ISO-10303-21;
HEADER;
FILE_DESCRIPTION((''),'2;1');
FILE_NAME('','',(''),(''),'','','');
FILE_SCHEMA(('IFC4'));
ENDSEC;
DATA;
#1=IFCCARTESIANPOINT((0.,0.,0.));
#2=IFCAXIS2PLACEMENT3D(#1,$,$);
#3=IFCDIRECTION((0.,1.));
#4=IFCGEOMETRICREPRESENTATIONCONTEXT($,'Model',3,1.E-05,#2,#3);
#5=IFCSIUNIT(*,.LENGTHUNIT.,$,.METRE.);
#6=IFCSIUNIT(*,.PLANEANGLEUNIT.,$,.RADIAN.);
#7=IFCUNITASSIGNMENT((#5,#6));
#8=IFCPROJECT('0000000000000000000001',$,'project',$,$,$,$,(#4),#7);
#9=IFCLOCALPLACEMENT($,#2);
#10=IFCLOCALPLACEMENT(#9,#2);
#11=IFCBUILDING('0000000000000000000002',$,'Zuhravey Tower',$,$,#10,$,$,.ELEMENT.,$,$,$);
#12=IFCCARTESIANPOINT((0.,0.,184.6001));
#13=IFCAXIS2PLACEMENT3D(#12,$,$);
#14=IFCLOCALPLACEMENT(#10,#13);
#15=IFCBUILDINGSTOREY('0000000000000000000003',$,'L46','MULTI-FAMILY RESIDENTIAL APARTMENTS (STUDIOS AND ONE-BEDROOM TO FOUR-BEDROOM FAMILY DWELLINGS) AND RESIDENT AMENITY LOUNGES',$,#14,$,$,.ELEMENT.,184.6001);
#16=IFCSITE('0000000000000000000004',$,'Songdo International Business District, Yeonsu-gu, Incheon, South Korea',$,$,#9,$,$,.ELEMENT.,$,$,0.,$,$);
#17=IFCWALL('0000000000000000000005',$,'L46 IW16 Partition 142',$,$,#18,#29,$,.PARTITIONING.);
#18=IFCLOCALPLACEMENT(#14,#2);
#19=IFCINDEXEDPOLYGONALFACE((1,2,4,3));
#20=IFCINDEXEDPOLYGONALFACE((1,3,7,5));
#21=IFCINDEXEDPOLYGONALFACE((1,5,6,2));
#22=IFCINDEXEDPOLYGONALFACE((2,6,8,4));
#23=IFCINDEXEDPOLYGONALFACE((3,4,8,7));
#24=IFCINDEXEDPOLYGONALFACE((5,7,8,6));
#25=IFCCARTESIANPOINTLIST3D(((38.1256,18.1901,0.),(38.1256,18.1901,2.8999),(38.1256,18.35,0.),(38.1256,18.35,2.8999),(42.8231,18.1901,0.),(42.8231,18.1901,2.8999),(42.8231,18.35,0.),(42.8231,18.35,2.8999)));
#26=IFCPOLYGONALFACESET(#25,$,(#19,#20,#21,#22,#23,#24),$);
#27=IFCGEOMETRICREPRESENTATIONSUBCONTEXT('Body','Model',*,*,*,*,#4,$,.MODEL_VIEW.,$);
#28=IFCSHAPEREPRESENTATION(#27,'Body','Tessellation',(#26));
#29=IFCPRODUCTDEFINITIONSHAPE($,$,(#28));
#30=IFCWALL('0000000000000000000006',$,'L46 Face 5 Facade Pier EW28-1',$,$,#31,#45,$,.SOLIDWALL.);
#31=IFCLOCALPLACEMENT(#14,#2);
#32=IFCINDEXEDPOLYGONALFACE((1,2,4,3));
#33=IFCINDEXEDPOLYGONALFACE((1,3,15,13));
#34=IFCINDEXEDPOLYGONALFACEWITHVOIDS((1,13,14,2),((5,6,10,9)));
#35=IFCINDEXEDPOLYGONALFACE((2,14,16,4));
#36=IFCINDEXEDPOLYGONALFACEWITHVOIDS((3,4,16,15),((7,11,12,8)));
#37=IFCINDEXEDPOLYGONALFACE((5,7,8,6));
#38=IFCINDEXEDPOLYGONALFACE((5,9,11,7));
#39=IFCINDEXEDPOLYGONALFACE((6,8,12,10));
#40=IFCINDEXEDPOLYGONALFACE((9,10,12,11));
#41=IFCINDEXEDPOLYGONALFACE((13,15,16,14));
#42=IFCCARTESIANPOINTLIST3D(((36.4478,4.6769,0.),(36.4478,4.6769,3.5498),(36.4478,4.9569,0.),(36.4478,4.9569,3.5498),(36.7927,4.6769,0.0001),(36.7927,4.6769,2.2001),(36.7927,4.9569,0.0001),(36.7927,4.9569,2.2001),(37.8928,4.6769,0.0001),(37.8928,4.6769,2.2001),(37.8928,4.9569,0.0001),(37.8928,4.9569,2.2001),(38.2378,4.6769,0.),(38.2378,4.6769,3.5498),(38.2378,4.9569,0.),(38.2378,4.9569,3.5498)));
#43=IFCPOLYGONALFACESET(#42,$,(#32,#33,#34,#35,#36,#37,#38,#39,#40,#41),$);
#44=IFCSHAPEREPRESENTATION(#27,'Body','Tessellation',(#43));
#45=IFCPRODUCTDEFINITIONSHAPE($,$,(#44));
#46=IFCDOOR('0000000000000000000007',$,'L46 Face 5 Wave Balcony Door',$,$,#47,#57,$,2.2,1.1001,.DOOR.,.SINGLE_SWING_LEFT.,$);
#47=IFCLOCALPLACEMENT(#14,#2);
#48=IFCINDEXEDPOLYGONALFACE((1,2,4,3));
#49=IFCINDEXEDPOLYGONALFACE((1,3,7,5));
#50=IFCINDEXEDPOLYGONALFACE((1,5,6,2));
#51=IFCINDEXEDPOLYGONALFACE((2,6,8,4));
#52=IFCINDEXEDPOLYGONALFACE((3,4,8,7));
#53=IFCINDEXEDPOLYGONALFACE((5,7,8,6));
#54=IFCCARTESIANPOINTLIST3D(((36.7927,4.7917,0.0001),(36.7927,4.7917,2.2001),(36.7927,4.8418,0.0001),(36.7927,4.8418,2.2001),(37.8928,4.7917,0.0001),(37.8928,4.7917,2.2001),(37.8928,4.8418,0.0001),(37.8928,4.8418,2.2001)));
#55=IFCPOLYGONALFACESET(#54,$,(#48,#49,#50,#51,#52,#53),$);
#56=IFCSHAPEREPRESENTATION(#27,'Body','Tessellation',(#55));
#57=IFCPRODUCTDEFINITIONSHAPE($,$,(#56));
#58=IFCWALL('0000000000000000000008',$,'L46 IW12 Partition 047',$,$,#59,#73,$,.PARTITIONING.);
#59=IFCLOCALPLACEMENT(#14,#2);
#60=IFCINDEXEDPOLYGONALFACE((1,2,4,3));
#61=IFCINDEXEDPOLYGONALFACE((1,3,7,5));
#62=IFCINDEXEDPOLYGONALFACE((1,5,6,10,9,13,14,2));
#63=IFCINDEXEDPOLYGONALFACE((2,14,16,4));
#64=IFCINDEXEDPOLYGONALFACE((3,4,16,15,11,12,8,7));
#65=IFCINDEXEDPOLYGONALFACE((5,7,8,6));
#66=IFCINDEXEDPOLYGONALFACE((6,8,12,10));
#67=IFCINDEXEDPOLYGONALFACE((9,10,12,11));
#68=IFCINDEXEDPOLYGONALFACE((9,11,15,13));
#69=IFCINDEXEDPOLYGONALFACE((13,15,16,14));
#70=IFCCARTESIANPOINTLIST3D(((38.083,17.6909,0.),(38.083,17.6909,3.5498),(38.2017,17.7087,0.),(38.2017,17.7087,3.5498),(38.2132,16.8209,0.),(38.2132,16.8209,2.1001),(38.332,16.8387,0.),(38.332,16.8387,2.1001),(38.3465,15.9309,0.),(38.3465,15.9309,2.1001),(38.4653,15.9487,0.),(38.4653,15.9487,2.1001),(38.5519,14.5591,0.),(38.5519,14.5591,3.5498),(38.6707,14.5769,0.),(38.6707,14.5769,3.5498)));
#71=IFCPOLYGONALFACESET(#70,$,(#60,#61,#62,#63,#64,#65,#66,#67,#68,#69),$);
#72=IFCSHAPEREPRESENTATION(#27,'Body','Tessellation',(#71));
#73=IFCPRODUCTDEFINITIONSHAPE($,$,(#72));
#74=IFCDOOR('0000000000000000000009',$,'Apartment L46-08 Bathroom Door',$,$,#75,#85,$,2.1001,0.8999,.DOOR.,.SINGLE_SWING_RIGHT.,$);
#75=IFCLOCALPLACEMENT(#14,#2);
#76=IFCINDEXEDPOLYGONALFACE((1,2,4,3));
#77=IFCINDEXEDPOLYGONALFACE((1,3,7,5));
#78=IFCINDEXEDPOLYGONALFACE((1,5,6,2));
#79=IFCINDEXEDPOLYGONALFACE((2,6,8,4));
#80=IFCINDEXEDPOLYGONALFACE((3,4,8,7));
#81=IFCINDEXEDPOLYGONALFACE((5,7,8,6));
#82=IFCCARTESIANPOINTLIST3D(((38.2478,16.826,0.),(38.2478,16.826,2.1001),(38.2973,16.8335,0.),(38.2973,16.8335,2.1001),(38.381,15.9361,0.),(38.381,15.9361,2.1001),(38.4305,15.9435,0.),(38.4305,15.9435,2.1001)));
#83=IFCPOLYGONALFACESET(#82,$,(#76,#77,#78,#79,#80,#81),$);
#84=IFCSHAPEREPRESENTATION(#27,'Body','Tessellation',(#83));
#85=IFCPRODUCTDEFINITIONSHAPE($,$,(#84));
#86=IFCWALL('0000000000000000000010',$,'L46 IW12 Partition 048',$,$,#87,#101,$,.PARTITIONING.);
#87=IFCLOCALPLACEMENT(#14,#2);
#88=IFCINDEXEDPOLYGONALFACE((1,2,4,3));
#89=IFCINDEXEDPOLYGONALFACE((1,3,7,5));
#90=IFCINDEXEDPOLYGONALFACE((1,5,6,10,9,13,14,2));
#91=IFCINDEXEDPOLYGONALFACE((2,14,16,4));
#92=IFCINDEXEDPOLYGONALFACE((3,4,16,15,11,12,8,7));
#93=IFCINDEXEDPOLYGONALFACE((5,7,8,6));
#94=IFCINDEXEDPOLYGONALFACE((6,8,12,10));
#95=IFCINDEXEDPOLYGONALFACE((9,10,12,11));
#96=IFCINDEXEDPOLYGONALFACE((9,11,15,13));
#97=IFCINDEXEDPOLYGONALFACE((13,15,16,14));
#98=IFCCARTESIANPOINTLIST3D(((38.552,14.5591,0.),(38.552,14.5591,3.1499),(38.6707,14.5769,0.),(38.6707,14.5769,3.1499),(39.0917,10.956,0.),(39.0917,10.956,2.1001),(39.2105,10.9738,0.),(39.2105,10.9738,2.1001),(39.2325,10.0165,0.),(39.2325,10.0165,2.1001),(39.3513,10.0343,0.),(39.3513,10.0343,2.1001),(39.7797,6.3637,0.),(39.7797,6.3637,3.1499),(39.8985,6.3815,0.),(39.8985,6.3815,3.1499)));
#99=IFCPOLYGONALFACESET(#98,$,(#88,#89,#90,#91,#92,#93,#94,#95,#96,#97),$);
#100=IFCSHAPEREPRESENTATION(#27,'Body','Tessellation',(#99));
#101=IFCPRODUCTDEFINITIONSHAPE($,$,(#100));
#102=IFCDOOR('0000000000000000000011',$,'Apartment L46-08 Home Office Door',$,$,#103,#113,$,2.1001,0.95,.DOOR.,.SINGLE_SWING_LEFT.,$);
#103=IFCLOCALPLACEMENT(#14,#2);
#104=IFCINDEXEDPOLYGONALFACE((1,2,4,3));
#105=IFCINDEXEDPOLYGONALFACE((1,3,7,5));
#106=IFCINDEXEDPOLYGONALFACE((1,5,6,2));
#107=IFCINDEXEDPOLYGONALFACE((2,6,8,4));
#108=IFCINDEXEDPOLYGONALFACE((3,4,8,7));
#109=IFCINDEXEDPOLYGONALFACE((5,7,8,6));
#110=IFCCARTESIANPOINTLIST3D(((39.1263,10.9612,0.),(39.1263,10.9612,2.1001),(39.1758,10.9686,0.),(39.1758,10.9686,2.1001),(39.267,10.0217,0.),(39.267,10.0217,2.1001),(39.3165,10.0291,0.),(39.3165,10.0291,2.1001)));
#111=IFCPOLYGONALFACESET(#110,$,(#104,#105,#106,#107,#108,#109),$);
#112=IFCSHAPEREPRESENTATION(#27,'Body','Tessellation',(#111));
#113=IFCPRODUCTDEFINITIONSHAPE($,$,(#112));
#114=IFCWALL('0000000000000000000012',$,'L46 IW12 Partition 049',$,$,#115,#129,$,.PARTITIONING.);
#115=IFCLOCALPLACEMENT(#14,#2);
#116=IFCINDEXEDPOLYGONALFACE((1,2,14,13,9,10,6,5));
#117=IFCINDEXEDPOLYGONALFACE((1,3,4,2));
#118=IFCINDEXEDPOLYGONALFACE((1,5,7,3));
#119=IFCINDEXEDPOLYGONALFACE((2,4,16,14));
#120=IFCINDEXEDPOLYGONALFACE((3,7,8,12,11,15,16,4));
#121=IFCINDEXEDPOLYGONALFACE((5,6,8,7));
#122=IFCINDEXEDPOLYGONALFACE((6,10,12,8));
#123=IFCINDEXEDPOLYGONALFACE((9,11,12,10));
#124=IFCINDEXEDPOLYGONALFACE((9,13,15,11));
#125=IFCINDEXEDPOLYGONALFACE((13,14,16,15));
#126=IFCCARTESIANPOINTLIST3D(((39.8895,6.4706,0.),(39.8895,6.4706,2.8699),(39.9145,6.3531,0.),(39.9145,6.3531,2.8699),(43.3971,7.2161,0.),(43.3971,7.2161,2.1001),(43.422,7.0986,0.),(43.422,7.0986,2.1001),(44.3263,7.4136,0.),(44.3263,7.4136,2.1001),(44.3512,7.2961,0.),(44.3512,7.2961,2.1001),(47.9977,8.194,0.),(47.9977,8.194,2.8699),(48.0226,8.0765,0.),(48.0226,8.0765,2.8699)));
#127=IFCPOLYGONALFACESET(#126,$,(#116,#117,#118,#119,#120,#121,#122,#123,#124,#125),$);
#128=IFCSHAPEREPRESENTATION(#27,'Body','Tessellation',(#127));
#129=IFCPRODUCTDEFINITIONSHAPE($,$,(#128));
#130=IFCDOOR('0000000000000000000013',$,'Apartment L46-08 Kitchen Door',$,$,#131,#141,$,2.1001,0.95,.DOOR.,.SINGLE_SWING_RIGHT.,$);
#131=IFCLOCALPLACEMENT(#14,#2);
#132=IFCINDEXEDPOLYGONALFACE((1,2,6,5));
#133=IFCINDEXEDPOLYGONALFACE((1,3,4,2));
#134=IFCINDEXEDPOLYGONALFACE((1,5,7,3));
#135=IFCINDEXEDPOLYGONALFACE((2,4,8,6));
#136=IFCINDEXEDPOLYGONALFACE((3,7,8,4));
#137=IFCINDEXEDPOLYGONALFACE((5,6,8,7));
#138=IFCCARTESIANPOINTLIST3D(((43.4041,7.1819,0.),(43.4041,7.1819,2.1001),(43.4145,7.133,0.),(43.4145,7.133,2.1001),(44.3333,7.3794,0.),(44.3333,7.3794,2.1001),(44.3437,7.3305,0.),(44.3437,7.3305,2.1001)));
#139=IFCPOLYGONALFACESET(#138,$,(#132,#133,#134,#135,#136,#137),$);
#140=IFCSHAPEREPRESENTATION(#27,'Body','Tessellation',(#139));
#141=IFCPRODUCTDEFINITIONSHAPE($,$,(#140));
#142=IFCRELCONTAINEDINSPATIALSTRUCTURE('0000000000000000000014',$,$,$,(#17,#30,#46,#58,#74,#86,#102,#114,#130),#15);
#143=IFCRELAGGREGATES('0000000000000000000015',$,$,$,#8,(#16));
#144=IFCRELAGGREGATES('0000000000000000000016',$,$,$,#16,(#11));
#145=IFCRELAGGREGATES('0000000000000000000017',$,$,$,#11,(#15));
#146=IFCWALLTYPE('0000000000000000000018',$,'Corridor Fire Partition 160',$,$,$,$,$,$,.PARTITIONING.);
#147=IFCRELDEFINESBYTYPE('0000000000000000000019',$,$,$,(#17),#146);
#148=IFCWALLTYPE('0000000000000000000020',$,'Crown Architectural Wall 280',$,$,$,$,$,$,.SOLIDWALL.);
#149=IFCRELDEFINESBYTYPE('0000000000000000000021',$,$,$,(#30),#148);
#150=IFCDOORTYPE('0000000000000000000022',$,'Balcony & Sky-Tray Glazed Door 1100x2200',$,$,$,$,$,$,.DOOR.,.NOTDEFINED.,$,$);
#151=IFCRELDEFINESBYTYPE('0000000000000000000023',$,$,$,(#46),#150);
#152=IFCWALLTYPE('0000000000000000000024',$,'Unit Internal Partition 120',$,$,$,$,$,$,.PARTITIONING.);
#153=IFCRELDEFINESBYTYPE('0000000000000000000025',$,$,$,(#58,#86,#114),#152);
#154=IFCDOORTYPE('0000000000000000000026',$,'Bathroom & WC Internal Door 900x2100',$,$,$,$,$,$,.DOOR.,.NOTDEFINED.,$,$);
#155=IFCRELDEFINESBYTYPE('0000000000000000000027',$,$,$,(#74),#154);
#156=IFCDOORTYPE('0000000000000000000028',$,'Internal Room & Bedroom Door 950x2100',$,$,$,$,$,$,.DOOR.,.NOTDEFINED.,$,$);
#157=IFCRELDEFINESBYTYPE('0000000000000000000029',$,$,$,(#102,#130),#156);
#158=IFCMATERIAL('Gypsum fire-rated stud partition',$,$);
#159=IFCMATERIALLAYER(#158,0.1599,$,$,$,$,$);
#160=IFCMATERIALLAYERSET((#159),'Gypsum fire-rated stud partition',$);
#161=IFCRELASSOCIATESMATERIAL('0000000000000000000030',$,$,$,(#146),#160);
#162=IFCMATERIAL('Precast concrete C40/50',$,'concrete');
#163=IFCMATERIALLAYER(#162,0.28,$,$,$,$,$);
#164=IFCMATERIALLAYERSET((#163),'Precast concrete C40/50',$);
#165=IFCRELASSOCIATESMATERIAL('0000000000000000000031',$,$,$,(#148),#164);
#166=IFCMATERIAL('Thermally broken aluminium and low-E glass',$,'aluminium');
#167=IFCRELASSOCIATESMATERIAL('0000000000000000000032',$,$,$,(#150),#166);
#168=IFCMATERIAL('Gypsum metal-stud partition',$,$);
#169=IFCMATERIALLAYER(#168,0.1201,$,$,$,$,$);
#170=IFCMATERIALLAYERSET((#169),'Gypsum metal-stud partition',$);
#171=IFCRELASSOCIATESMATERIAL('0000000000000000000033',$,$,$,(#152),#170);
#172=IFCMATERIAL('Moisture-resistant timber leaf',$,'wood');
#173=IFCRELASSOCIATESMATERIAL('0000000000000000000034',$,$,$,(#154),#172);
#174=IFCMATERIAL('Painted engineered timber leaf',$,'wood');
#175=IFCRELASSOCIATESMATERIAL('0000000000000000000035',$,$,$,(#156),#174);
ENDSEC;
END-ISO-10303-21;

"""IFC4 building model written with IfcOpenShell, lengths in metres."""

from ifc_helpers import new_model, si_unit, direction, frame, frame_2d, origin, place, context, subcontext, project, spatial, rectangle, extrude, material, layer, layer_set, type_object, element, fill, save


model = new_model("IFC4")

# Units and contexts
model_context = context("Model", 3, precision=1e-05, world=origin(), true_north=direction((0.0, 1.0)))
body_context = subcontext(model_context, "Body", "Model", "MODEL_VIEW")
ifc_project = project(units=[si_unit("LENGTHUNIT", "METRE"), si_unit("PLANEANGLEUNIT", "RADIAN")], contexts=[model_context])

# Site, building, storey
site_placement = place(None, origin())
site = spatial("IfcSite", under=ifc_project, at=site_placement, Name="Songdo International Business District, Yeonsu-gu, Incheon, South Korea", CompositionType="ELEMENT", RefElevation=0.0)
building_placement = place(site_placement, origin())
building = spatial("IfcBuilding", under=site, at=building_placement, Name="Zuhravey Tower", CompositionType="ELEMENT")
storey_placement = place(building_placement, frame((0.0, 0.0, 184.6001)))
storey = spatial("IfcBuildingStorey", under=building, at=storey_placement, Name="L46", Description="MULTI-FAMILY RESIDENTIAL APARTMENTS (STUDIOS AND ONE-BEDROOM TO FOUR-BEDROOM FAMILY DWELLINGS) AND RESIDENT AMENITY LOUNGES", CompositionType="ELEMENT", Elevation=184.6001)

# Shared definitions
ifc_material_1 = material(Name="Gypsum fire-rated stud partition")
ifc_layer_1 = layer(ifc_material_1, 0.1599)
ifc_layer_set_1 = layer_set([ifc_layer_1], Name="Gypsum fire-rated stud partition")
wall_type_1 = type_object("IfcWallType", Name="Corridor Fire Partition 160", PredefinedType="PARTITIONING", material=ifc_layer_set_1)

# Wall
wall_1_placement = place(storey_placement, frame((38.1257, 18.27, 0.0), z_axis=(0.0, 0.0, 1.0), x_axis=(1.0, 0.0, 0.0)))
element("IfcWall", 1, at=wall_1_placement, inside=storey, type_object=wall_type_1, Name="L46 IW16 Partition 142", PredefinedType="PARTITIONING", context=body_context, shape_type="SweptSolid", body=[
    extrude(rectangle(XDim=4.6975, YDim=0.1599, at=frame_2d((2.3486, 0.0))), origin(), (0.0, 0.0, 1.0), 2.8999),
])

# Walls, openings, doors
ifc_material_2 = material(Name="Precast concrete C40/50", Category="concrete")
ifc_layer_2 = layer(ifc_material_2, 0.28)
ifc_layer_set_2 = layer_set([ifc_layer_2], Name="Precast concrete C40/50")
wall_type_2 = type_object("IfcWallType", Name="Crown Architectural Wall 280", PredefinedType="SOLIDWALL", material=ifc_layer_set_2)
wall_2_placement = place(storey_placement, frame((38.2378, 4.8169, 0.0), z_axis=(0.0, 0.0, 1.0), x_axis=(-1.0, 0.0, 0.0)))
wall_2 = element("IfcWall", 2, at=wall_2_placement, inside=storey, type_object=wall_type_2, Name="L46 Face 5 Facade Pier EW28-1", PredefinedType="SOLIDWALL", context=body_context, shape_type="SweptSolid", body=[
    extrude(rectangle(XDim=1.79, YDim=0.28, at=frame_2d((0.895, 0.0))), origin(), (0.0, 0.0, 1.0), 3.5498),
])
opening_1_placement = place(wall_2_placement, frame((0.345, 0.0, 0.0)))
opening_1 = element("IfcOpeningElement", 3, at=opening_1_placement, cuts=wall_2, PredefinedType="OPENING", context=body_context, shape_type="SweptSolid", body=[
    extrude(rectangle(XDim=1.1001, YDim=2.2, at=frame_2d((0.55, 1.1001))), frame((0.0, 0.1521, 0.0), z_axis=(0.0, -1.0, 0.0), x_axis=(1.0, 0.0, 0.0)), (0.0, 0.0, 1.0), 0.304),
])
ifc_material_3 = material(Name="Thermally broken aluminium and low-E glass", Category="aluminium")
door_type_1 = type_object("IfcDoorType", Name="Balcony & Sky-Tray Glazed Door 1100x2200", OperationType="NOTDEFINED", PredefinedType="DOOR", material=ifc_material_3)
door_1_placement = place(opening_1_placement, frame((1.1001, 0.0, 0.0), z_axis=(0.0, 0.0, 1.0), x_axis=(-1.0, 0.0, 0.0)))
door_1 = element("IfcDoor", 4, at=door_1_placement, inside=storey, type_object=door_type_1, Name="L46 Face 5 Wave Balcony Door", OperationType="SINGLE_SWING_LEFT", OverallHeight=2.2, OverallWidth=1.1001, PredefinedType="DOOR", context=body_context, shape_type="SweptSolid", body=[
    extrude(rectangle(XDim=1.1001, YDim=2.2, at=frame_2d((0.55, 1.1001))), frame((0.0, 0.0249, 0.0), z_axis=(0.0, -1.0, 0.0), x_axis=(1.0, 0.0, 0.0)), (0.0, 0.0, 1.0), 0.05),
])
fill(opening_1, door_1)
ifc_material_4 = material(Name="Gypsum metal-stud partition")
ifc_layer_3 = layer(ifc_material_4, 0.1201)
ifc_layer_set_3 = layer_set([ifc_layer_3], Name="Gypsum metal-stud partition")
wall_type_3 = type_object("IfcWallType", Name="Unit Internal Partition 120", PredefinedType="PARTITIONING", material=ifc_layer_set_3)
wall_3_placement = place(storey_placement, frame((38.1423, 17.7, 0.0), z_axis=(0.0, 0.0, 1.0), x_axis=(0.148099, -0.988973, 0.0)))
wall_3 = element("IfcWall", 5, at=wall_3_placement, inside=storey, type_object=wall_type_3, Name="L46 IW12 Partition 047", PredefinedType="PARTITIONING", context=body_context, shape_type="SweptSolid", body=[
    extrude(rectangle(XDim=3.1667, YDim=0.1201, at=frame_2d((1.5835, 0.0))), origin(), (0.0, 0.0, 1.0), 3.5498),
])
opening_2_placement = place(wall_3_placement, frame((0.8799, 0.0, 0.0)))
opening_2 = element("IfcOpeningElement", 6, at=opening_2_placement, cuts=wall_3, PredefinedType="OPENING", context=body_context, shape_type="SweptSolid", body=[
    extrude(rectangle(XDim=0.8999, YDim=2.1001, at=frame_2d((0.45, 1.05))), frame((0.0, 0.072, 0.0), z_axis=(0.0, -1.0, 0.0), x_axis=(1.0, 0.0, 0.0)), (0.0, 0.0, 1.0), 0.144),
])
ifc_material_5 = material(Name="Moisture-resistant timber leaf", Category="wood")
door_type_2 = type_object("IfcDoorType", Name="Bathroom & WC Internal Door 900x2100", OperationType="NOTDEFINED", PredefinedType="DOOR", material=ifc_material_5)
door_2_placement = place(opening_2_placement, origin())
door_2 = element("IfcDoor", 7, at=door_2_placement, inside=storey, type_object=door_type_2, Name="Apartment L46-08 Bathroom Door", OperationType="SINGLE_SWING_RIGHT", OverallHeight=2.1001, OverallWidth=0.8999, PredefinedType="DOOR", context=body_context, shape_type="SweptSolid", body=[
    extrude(rectangle(XDim=0.8999, YDim=2.1001, at=frame_2d((0.45, 1.05))), frame((0.0, 0.0249, 0.0), z_axis=(0.0, -1.0, 0.0), x_axis=(1.0, 0.0, 0.0)), (0.0, 0.0, 1.0), 0.05),
])
fill(opening_2, door_2)
wall_4_placement = place(storey_placement, frame((38.6113, 14.5681, 0.0), z_axis=(0.0, 0.0, 1.0), x_axis=(0.148162, -0.988963, 0.0)))
wall_4 = element("IfcWall", 8, at=wall_4_placement, inside=storey, type_object=wall_type_3, Name="L46 IW12 Partition 048", PredefinedType="PARTITIONING", context=body_context, shape_type="SweptSolid", body=[
    extrude(rectangle(XDim=8.2869, YDim=0.1201, at=frame_2d((4.1436, 0.0))), origin(), (0.0, 0.0, 1.0), 3.1499),
])
opening_3_placement = place(wall_4_placement, frame((3.6433, 0.0, 0.0)))
opening_3 = element("IfcOpeningElement", 9, at=opening_3_placement, cuts=wall_4, PredefinedType="OPENING", context=body_context, shape_type="SweptSolid", body=[
    extrude(rectangle(XDim=0.95, YDim=2.1001, at=frame_2d((0.4751, 1.05))), frame((0.0, 0.072, 0.0), z_axis=(0.0, -1.0, 0.0), x_axis=(1.0, 0.0, 0.0)), (0.0, 0.0, 1.0), 0.144),
])
ifc_material_6 = material(Name="Painted engineered timber leaf", Category="wood")
door_type_3 = type_object("IfcDoorType", Name="Internal Room & Bedroom Door 950x2100", OperationType="NOTDEFINED", PredefinedType="DOOR", material=ifc_material_6)
door_3_placement = place(opening_3_placement, origin())
door_3 = element("IfcDoor", 10, at=door_3_placement, inside=storey, type_object=door_type_3, Name="Apartment L46-08 Home Office Door", OperationType="SINGLE_SWING_LEFT", OverallHeight=2.1001, OverallWidth=0.95, PredefinedType="DOOR", context=body_context, shape_type="SweptSolid", body=[
    extrude(rectangle(XDim=0.95, YDim=2.1001, at=frame_2d((0.4751, 1.05))), frame((0.0, 0.0249, 0.0), z_axis=(0.0, -1.0, 0.0), x_axis=(1.0, 0.0, 0.0)), (0.0, 0.0, 1.0), 0.05),
])
fill(opening_3, door_3)
wall_5_placement = place(storey_placement, frame((39.9021, 6.4119, 0.0), z_axis=(0.0, 0.0, 1.0), x_axis=(0.978149, 0.207906, 0.0)))
wall_5 = element("IfcWall", 11, at=wall_5_placement, inside=storey, type_object=wall_type_3, Name="L46 IW12 Partition 049", PredefinedType="PARTITIONING", context=body_context, shape_type="SweptSolid", body=[
    extrude(rectangle(XDim=8.2893, YDim=0.1201, at=frame_2d((4.1445, 0.0))), origin(), (0.0, 0.0, 1.0), 2.8699),
])
opening_4_placement = place(wall_5_placement, frame((3.5857, 0.0, 0.0)))
opening_4 = element("IfcOpeningElement", 12, at=opening_4_placement, cuts=wall_5, PredefinedType="OPENING", context=body_context, shape_type="SweptSolid", body=[
    extrude(rectangle(XDim=0.95, YDim=2.1001, at=frame_2d((0.4751, 1.05))), frame((0.0, 0.072, 0.0), z_axis=(0.0, -1.0, 0.0), x_axis=(1.0, 0.0, 0.0)), (0.0, 0.0, 1.0), 0.144),
])
door_4_placement = place(opening_4_placement, frame((0.95, 0.0, 0.0), z_axis=(0.0, 0.0, 1.0), x_axis=(-1.0, 0.0, 0.0)))
door_4 = element("IfcDoor", 13, at=door_4_placement, inside=storey, type_object=door_type_3, Name="Apartment L46-08 Kitchen Door", OperationType="SINGLE_SWING_RIGHT", OverallHeight=2.1001, OverallWidth=0.95, PredefinedType="DOOR", context=body_context, shape_type="SweptSolid", body=[
    extrude(rectangle(XDim=0.95, YDim=2.1001, at=frame_2d((0.4751, 1.05))), frame((0.0, 0.0249, 0.0), z_axis=(0.0, -1.0, 0.0), x_axis=(1.0, 0.0, 0.0)), (0.0, 0.0, 1.0), 0.05),
])
fill(opening_4, door_4)

save(model, "model.ifc")
